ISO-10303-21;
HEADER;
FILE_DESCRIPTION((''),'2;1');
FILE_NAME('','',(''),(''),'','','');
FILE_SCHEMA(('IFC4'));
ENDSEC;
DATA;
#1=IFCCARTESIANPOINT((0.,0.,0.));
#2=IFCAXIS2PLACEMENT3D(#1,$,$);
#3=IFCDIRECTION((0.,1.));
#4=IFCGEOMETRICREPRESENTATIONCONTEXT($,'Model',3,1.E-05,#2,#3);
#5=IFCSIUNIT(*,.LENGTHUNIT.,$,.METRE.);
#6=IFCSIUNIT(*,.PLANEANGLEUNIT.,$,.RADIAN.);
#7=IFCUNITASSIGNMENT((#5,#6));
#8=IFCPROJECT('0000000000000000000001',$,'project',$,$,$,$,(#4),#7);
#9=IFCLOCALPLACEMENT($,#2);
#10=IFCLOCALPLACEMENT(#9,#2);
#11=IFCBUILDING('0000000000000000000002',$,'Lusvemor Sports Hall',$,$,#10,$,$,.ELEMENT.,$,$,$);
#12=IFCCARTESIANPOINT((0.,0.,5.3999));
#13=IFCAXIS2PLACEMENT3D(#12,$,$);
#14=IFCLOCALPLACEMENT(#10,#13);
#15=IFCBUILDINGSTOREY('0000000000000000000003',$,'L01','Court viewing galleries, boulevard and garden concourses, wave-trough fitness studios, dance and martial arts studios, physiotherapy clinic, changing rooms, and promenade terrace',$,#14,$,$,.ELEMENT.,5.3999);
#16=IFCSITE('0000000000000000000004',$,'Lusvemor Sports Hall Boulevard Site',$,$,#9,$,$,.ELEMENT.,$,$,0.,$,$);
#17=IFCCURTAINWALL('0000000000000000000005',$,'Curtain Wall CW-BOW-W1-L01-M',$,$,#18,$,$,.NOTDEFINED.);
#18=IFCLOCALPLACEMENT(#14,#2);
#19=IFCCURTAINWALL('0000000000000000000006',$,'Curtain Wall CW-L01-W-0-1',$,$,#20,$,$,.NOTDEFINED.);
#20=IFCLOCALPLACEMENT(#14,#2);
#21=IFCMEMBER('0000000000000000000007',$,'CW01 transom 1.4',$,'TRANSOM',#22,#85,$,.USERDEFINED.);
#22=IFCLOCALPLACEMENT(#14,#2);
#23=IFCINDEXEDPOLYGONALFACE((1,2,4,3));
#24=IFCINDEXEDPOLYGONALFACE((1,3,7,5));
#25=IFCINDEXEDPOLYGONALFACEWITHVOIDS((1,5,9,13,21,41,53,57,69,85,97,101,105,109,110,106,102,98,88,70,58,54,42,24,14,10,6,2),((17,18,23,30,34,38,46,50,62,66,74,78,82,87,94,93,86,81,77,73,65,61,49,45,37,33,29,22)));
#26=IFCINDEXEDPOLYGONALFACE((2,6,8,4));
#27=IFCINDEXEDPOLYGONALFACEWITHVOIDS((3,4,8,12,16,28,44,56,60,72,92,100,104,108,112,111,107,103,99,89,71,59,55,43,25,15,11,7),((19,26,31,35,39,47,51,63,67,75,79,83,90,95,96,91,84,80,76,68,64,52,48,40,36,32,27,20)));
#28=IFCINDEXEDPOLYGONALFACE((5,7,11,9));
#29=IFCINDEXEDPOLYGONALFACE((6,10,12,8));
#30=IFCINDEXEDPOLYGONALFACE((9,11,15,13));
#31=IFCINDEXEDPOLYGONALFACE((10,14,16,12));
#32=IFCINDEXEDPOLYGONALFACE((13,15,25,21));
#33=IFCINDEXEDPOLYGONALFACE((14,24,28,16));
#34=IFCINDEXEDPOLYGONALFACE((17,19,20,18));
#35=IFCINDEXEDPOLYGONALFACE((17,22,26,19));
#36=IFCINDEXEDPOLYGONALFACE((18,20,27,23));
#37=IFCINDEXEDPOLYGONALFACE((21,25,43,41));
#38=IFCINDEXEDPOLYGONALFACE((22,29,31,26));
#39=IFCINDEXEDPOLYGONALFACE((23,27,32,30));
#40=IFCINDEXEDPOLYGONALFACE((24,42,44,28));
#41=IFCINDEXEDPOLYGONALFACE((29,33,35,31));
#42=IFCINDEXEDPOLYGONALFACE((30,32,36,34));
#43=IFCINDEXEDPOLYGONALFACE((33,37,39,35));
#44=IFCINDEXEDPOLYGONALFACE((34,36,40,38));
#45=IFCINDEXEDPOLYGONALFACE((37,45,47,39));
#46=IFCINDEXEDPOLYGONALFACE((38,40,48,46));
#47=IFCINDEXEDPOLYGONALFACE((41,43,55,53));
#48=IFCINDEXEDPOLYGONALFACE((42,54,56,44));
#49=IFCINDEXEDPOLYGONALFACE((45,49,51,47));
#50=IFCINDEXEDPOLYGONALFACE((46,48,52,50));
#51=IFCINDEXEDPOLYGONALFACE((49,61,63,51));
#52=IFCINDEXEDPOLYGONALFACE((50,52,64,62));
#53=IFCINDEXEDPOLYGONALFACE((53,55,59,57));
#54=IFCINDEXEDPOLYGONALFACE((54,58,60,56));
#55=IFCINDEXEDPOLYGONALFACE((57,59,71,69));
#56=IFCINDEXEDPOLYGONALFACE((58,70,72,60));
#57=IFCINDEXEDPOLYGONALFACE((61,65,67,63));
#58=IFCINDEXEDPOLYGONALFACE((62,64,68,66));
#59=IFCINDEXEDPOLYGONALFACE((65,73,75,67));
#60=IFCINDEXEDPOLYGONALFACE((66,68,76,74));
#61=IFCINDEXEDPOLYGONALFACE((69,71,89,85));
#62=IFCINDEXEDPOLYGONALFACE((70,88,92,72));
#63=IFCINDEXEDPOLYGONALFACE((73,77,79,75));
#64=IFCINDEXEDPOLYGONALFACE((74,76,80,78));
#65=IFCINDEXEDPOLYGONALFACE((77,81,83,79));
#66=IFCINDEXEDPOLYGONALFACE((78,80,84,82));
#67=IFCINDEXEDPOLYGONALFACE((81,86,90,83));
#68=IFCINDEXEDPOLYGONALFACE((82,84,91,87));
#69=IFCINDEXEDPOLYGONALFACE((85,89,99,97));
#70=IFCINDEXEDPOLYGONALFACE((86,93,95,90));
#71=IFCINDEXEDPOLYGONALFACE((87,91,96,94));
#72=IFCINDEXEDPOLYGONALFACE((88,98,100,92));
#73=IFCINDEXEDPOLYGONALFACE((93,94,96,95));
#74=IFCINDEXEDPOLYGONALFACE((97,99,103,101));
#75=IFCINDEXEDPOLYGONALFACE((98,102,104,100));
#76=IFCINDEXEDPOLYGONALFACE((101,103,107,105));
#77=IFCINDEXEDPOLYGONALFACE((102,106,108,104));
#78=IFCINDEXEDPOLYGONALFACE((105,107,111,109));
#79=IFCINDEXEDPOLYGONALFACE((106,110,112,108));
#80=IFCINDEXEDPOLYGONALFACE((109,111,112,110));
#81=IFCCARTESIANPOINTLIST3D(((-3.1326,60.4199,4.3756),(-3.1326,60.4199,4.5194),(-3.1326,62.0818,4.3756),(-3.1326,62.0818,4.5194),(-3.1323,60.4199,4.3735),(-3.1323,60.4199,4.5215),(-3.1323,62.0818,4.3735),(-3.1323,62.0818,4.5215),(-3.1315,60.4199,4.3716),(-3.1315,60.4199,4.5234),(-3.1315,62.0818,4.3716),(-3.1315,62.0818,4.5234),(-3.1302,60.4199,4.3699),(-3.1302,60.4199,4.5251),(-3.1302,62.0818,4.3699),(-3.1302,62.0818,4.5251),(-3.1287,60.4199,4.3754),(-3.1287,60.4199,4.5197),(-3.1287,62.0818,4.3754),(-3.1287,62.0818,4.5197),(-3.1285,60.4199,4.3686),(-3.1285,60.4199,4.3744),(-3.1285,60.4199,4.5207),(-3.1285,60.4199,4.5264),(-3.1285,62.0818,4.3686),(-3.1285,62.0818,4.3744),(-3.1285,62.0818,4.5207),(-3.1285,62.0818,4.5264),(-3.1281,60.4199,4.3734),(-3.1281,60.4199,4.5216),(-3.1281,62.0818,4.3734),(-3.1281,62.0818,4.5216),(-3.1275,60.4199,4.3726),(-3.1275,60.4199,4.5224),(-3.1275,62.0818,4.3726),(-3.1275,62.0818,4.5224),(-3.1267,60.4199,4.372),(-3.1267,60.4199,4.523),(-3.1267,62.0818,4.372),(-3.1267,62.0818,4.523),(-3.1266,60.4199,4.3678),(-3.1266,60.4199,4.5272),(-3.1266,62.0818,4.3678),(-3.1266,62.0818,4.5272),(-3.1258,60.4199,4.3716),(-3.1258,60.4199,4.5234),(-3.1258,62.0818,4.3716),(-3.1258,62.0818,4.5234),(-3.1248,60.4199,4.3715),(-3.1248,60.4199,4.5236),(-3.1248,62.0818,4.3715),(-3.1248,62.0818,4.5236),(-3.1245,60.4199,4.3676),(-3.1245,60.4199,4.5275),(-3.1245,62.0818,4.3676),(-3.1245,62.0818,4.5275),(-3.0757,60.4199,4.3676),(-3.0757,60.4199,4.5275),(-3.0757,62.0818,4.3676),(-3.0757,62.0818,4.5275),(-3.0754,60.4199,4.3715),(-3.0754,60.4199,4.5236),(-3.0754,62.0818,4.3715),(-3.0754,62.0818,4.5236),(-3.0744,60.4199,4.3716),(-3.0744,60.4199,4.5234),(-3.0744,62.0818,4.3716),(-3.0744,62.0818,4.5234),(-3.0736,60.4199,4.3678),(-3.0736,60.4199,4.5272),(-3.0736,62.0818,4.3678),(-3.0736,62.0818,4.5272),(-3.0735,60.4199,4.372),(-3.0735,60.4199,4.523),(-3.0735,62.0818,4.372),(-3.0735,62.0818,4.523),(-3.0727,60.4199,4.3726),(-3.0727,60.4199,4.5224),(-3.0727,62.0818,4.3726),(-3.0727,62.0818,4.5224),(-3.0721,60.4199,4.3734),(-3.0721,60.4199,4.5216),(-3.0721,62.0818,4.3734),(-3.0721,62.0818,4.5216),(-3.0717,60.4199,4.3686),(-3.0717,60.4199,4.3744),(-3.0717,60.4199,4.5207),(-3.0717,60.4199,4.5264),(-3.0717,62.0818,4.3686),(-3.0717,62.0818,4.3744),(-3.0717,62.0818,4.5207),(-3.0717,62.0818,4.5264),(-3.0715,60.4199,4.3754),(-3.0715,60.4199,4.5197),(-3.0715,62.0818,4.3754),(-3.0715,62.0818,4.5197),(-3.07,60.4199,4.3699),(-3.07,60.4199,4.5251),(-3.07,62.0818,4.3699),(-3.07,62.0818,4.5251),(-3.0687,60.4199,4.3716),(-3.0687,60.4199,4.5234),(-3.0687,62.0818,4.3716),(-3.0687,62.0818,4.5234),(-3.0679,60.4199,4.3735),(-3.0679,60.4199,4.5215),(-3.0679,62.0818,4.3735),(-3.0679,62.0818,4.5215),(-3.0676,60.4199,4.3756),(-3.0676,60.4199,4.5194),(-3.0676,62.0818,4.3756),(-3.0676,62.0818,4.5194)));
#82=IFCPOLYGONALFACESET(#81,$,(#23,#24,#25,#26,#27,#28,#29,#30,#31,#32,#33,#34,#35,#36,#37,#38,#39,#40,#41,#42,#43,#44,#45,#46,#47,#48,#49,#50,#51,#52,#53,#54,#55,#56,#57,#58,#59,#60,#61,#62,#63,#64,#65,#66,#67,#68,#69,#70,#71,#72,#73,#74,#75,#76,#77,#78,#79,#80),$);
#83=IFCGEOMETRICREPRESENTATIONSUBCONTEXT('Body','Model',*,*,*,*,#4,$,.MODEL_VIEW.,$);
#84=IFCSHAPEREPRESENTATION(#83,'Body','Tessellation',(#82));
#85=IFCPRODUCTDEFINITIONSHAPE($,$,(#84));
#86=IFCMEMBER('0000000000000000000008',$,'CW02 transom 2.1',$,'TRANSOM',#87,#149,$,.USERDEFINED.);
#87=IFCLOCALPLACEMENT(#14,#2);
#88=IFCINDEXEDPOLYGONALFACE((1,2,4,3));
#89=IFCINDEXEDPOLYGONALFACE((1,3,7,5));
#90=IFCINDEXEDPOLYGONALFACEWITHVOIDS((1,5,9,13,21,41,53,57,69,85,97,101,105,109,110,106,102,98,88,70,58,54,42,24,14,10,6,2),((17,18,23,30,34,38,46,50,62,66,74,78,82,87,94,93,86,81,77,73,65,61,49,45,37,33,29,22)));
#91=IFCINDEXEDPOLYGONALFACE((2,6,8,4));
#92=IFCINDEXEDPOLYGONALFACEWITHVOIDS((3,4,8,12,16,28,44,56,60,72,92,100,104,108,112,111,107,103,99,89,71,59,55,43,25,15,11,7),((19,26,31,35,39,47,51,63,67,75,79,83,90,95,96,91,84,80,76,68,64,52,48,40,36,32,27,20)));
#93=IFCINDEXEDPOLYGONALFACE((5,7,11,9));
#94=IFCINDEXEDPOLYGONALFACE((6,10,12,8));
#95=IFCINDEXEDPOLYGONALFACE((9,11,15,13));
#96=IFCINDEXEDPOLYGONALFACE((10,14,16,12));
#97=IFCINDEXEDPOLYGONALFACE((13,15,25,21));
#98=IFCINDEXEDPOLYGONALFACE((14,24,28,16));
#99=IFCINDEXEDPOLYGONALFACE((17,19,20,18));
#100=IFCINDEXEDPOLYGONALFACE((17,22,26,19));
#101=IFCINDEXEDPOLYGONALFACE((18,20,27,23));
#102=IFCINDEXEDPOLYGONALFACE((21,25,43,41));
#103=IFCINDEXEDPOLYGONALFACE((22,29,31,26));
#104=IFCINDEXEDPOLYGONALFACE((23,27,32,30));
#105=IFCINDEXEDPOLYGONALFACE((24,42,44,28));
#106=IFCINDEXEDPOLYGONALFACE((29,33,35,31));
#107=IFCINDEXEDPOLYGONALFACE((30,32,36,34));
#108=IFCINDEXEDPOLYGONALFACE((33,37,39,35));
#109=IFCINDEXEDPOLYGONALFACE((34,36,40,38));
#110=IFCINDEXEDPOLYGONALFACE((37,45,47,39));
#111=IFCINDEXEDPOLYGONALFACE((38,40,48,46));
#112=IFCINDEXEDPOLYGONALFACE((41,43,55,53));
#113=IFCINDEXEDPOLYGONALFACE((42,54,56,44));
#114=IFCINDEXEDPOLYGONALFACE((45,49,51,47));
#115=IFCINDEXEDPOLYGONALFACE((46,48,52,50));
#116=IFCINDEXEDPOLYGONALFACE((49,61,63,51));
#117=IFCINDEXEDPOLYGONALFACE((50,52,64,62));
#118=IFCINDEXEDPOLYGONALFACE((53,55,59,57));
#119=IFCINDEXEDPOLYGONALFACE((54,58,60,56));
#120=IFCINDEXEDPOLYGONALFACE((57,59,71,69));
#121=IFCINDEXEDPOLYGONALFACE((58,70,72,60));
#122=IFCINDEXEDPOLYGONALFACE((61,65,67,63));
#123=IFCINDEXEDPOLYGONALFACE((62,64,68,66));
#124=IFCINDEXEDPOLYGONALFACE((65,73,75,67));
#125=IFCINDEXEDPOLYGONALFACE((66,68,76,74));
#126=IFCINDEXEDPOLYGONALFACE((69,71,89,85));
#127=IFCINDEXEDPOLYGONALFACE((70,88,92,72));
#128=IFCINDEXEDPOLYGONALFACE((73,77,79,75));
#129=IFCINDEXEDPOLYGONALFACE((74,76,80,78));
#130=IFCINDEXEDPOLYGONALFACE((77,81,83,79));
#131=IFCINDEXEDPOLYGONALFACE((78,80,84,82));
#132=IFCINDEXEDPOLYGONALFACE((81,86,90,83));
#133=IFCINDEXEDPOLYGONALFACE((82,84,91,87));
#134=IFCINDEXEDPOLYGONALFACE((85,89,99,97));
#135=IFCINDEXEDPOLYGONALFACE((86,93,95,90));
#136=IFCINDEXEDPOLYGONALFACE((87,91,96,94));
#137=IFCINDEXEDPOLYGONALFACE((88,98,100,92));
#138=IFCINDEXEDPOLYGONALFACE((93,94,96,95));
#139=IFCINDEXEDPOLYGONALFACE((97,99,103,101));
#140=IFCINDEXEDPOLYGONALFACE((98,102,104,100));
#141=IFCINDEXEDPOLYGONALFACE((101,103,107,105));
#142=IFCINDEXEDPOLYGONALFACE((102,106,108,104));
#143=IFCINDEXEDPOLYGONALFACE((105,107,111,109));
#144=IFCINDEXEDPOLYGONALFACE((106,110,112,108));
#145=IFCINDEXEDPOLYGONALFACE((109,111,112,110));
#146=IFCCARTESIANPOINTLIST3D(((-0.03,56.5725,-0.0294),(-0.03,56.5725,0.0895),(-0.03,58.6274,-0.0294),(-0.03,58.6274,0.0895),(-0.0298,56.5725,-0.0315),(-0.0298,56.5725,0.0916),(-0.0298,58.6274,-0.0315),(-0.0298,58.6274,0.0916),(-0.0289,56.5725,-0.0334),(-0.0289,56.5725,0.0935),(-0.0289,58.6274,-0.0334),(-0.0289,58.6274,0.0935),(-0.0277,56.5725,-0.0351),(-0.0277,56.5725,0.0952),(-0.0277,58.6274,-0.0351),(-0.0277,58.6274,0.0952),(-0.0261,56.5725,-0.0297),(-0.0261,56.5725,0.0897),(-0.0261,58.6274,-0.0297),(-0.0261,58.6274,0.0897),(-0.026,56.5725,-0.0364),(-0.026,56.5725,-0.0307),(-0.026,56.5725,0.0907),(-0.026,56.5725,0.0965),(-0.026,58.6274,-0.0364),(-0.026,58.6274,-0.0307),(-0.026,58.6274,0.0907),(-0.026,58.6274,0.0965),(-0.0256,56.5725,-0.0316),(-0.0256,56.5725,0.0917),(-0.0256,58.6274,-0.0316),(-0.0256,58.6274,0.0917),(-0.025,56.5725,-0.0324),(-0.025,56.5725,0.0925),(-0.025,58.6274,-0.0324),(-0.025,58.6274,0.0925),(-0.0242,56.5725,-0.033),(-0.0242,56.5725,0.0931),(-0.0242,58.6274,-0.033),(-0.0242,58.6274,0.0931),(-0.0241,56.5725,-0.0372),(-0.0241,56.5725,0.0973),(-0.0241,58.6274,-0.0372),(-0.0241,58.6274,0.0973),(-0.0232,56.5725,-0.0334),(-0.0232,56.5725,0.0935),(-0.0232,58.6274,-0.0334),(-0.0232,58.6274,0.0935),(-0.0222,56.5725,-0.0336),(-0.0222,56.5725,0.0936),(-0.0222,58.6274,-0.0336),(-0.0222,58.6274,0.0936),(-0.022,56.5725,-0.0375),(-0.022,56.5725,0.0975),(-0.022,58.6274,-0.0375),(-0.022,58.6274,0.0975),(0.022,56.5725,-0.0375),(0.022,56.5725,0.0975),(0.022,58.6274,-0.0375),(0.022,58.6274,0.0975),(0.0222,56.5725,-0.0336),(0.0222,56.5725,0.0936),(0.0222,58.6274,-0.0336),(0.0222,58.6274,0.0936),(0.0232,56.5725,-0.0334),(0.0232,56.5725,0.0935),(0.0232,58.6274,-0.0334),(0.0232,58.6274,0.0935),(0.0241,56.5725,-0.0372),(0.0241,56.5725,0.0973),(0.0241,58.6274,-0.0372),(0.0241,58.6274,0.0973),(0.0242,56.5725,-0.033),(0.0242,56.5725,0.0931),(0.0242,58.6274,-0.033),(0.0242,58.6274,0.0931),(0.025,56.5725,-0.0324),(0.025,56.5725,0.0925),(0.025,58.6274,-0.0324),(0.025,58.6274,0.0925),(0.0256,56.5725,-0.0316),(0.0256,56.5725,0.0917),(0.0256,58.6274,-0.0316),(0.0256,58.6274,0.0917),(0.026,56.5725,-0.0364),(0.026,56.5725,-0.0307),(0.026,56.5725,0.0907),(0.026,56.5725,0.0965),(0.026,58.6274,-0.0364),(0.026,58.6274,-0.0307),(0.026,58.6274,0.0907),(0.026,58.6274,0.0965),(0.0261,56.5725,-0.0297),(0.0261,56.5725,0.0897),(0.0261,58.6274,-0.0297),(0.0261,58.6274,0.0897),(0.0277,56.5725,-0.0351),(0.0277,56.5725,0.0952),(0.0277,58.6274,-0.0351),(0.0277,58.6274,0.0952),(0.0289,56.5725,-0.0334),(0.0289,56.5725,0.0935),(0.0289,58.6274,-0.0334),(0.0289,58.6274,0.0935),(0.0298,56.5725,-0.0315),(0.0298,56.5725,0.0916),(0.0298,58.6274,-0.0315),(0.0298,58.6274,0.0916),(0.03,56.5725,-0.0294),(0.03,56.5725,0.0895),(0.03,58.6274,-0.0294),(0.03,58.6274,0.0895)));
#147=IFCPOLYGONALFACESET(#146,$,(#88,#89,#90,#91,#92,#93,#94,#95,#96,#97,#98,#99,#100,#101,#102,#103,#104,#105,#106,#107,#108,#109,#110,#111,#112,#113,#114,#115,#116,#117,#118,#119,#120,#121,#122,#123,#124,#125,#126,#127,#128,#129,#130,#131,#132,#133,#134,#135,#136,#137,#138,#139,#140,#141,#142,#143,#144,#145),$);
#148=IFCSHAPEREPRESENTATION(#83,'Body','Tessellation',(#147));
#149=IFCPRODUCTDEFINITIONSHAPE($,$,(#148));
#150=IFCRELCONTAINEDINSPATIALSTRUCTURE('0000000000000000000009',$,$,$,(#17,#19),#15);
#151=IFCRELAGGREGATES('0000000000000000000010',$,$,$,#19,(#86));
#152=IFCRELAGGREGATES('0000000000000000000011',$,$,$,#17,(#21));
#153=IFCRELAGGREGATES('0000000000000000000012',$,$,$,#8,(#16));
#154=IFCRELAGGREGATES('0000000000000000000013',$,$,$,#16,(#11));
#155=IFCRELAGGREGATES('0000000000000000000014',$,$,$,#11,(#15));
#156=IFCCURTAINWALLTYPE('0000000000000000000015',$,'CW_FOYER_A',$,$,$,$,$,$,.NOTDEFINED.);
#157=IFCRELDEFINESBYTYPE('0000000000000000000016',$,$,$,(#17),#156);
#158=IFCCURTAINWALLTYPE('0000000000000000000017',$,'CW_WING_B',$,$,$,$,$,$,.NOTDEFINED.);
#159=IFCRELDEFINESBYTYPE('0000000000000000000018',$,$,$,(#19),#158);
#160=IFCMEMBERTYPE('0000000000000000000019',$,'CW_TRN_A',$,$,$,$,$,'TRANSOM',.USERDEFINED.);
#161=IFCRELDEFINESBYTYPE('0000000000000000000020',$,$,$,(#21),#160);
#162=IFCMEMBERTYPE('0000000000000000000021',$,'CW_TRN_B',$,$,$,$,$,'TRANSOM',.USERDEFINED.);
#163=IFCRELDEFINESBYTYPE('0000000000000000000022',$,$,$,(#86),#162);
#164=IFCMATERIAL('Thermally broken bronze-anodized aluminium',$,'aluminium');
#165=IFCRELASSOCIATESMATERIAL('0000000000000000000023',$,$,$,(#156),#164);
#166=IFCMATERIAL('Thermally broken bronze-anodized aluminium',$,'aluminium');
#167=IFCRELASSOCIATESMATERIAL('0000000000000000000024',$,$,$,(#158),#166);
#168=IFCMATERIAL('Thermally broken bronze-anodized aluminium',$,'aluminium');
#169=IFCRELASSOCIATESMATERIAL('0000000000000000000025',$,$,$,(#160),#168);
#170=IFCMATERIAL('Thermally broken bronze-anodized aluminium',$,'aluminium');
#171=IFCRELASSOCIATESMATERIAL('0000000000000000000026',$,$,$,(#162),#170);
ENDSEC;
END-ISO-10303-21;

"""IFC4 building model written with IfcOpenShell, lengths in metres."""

from ifc_helpers import new_model, si_unit, direction, frame, origin, origin_2d, place, context, subcontext, project, spatial, hollow_rectangle, extrude, material, material_profile, profile_set, type_object, element, aggregate, save


model = new_model("IFC4")

# Units and contexts
model_context = context("Model", 3, precision=1e-05, world=origin(), true_north=direction((0.0, 1.0)))
body_context = subcontext(model_context, "Body", "Model", "MODEL_VIEW")
ifc_project = project(units=[si_unit("LENGTHUNIT", "METRE"), si_unit("PLANEANGLEUNIT", "RADIAN")], contexts=[model_context])

# Site, building, storey
site_placement = place(None, origin())
site = spatial("IfcSite", under=ifc_project, at=site_placement, Name="Lusvemor Sports Hall Boulevard Site", CompositionType="ELEMENT", RefElevation=0.0)
building_placement = place(site_placement, origin())
building = spatial("IfcBuilding", under=site, at=building_placement, Name="Lusvemor Sports Hall", CompositionType="ELEMENT")
storey_placement = place(building_placement, frame((0.0, 0.0, 5.3999)))
storey = spatial("IfcBuildingStorey", under=building, at=storey_placement, Name="L01", Description="Court viewing galleries, boulevard and garden concourses, wave-trough fitness studios, dance and martial arts studios, physiotherapy clinic, changing rooms, and promenade terrace", CompositionType="ELEMENT", Elevation=5.3999)

# Curtain wall
ifc_material_1 = material(Name="Thermally broken bronze-anodized aluminium", Category="aluminium")
curtain_wall_type_1 = type_object("IfcCurtainWallType", Name="CW_FOYER_A", PredefinedType="NOTDEFINED", material=ifc_material_1)
curtain_wall_1_placement = place(storey_placement, origin())
curtain_wall_1 = element("IfcCurtainWall", 1, at=curtain_wall_1_placement, inside=storey, type_object=curtain_wall_type_1, Name="Curtain Wall CW-BOW-W1-L01-M", PredefinedType="NOTDEFINED")

# Curtain wall
ifc_material_2 = material(Name="Thermally broken bronze-anodized aluminium", Category="aluminium")
curtain_wall_type_2 = type_object("IfcCurtainWallType", Name="CW_WING_B", PredefinedType="NOTDEFINED", material=ifc_material_2)
curtain_wall_2_placement = place(storey_placement, origin())
curtain_wall_2 = element("IfcCurtainWall", 2, at=curtain_wall_2_placement, inside=storey, type_object=curtain_wall_type_2, Name="Curtain Wall CW-L01-W-0-1", PredefinedType="NOTDEFINED")

# Members
ifc_material_3 = material(Name="Thermally broken bronze-anodized aluminium", Category="aluminium")
ifc_material_profile_1 = material_profile(ifc_material_3, hollow_rectangle(XDim=0.0649, YDim=0.1599, WallThickness=0.0039, InnerFilletRadius=0.0039, OuterFilletRadius=0.0081, at=origin_2d()), Name="CWTRN160x65x4")
ifc_profile_set_1 = profile_set([ifc_material_profile_1], Name="Thermally broken bronze-anodized aluminium")
member_type_1 = type_object("IfcMemberType", Name="CW_TRN_A", ElementType="TRANSOM", PredefinedType="USERDEFINED", material=ifc_profile_set_1)
member_1_placement = place(storey_placement, frame((-3.1001, 60.4199, 4.4475), z_axis=(0.0, 1.0, 0.0), x_axis=(-1.0, 0.0, 0.0)))
member_1 = element("IfcMember", 3, at=member_1_placement, type_object=member_type_1, Name="CW01 transom 1.4", ObjectType="TRANSOM", PredefinedType="USERDEFINED", context=body_context, shape_type="SweptSolid", body=[
    extrude(hollow_rectangle(XDim=0.0649, YDim=0.1599, WallThickness=0.0039, InnerFilletRadius=0.0039, OuterFilletRadius=0.0081, at=origin_2d()), origin(), (0.0, 0.0, 1.0), 1.6619),
])
ifc_material_4 = material(Name="Thermally broken bronze-anodized aluminium", Category="aluminium")
ifc_material_profile_2 = material_profile(ifc_material_4, hollow_rectangle(XDim=0.0601, YDim=0.135, WallThickness=0.0039, InnerFilletRadius=0.0039, OuterFilletRadius=0.0081, at=origin_2d()), Name="CWTRN135x60x4")
ifc_profile_set_2 = profile_set([ifc_material_profile_2], Name="Thermally broken bronze-anodized aluminium")
member_type_2 = type_object("IfcMemberType", Name="CW_TRN_B", ElementType="TRANSOM", PredefinedType="USERDEFINED", material=ifc_profile_set_2)
member_2_placement = place(storey_placement, frame((0.0, 56.5725, 0.03), z_axis=(0.0, 1.0, 0.0), x_axis=(-1.0, 0.0, 0.0)))
member_2 = element("IfcMember", 4, at=member_2_placement, type_object=member_type_2, Name="CW02 transom 2.1", ObjectType="TRANSOM", PredefinedType="USERDEFINED", context=body_context, shape_type="SweptSolid", body=[
    extrude(hollow_rectangle(XDim=0.0601, YDim=0.135, WallThickness=0.0039, InnerFilletRadius=0.0039, OuterFilletRadius=0.0081, at=origin_2d()), origin(), (0.0, 0.0, 1.0), 2.0549),
])

aggregate(curtain_wall_2, [member_2])
aggregate(curtain_wall_1, [member_1])

save(model, "model.ifc")
